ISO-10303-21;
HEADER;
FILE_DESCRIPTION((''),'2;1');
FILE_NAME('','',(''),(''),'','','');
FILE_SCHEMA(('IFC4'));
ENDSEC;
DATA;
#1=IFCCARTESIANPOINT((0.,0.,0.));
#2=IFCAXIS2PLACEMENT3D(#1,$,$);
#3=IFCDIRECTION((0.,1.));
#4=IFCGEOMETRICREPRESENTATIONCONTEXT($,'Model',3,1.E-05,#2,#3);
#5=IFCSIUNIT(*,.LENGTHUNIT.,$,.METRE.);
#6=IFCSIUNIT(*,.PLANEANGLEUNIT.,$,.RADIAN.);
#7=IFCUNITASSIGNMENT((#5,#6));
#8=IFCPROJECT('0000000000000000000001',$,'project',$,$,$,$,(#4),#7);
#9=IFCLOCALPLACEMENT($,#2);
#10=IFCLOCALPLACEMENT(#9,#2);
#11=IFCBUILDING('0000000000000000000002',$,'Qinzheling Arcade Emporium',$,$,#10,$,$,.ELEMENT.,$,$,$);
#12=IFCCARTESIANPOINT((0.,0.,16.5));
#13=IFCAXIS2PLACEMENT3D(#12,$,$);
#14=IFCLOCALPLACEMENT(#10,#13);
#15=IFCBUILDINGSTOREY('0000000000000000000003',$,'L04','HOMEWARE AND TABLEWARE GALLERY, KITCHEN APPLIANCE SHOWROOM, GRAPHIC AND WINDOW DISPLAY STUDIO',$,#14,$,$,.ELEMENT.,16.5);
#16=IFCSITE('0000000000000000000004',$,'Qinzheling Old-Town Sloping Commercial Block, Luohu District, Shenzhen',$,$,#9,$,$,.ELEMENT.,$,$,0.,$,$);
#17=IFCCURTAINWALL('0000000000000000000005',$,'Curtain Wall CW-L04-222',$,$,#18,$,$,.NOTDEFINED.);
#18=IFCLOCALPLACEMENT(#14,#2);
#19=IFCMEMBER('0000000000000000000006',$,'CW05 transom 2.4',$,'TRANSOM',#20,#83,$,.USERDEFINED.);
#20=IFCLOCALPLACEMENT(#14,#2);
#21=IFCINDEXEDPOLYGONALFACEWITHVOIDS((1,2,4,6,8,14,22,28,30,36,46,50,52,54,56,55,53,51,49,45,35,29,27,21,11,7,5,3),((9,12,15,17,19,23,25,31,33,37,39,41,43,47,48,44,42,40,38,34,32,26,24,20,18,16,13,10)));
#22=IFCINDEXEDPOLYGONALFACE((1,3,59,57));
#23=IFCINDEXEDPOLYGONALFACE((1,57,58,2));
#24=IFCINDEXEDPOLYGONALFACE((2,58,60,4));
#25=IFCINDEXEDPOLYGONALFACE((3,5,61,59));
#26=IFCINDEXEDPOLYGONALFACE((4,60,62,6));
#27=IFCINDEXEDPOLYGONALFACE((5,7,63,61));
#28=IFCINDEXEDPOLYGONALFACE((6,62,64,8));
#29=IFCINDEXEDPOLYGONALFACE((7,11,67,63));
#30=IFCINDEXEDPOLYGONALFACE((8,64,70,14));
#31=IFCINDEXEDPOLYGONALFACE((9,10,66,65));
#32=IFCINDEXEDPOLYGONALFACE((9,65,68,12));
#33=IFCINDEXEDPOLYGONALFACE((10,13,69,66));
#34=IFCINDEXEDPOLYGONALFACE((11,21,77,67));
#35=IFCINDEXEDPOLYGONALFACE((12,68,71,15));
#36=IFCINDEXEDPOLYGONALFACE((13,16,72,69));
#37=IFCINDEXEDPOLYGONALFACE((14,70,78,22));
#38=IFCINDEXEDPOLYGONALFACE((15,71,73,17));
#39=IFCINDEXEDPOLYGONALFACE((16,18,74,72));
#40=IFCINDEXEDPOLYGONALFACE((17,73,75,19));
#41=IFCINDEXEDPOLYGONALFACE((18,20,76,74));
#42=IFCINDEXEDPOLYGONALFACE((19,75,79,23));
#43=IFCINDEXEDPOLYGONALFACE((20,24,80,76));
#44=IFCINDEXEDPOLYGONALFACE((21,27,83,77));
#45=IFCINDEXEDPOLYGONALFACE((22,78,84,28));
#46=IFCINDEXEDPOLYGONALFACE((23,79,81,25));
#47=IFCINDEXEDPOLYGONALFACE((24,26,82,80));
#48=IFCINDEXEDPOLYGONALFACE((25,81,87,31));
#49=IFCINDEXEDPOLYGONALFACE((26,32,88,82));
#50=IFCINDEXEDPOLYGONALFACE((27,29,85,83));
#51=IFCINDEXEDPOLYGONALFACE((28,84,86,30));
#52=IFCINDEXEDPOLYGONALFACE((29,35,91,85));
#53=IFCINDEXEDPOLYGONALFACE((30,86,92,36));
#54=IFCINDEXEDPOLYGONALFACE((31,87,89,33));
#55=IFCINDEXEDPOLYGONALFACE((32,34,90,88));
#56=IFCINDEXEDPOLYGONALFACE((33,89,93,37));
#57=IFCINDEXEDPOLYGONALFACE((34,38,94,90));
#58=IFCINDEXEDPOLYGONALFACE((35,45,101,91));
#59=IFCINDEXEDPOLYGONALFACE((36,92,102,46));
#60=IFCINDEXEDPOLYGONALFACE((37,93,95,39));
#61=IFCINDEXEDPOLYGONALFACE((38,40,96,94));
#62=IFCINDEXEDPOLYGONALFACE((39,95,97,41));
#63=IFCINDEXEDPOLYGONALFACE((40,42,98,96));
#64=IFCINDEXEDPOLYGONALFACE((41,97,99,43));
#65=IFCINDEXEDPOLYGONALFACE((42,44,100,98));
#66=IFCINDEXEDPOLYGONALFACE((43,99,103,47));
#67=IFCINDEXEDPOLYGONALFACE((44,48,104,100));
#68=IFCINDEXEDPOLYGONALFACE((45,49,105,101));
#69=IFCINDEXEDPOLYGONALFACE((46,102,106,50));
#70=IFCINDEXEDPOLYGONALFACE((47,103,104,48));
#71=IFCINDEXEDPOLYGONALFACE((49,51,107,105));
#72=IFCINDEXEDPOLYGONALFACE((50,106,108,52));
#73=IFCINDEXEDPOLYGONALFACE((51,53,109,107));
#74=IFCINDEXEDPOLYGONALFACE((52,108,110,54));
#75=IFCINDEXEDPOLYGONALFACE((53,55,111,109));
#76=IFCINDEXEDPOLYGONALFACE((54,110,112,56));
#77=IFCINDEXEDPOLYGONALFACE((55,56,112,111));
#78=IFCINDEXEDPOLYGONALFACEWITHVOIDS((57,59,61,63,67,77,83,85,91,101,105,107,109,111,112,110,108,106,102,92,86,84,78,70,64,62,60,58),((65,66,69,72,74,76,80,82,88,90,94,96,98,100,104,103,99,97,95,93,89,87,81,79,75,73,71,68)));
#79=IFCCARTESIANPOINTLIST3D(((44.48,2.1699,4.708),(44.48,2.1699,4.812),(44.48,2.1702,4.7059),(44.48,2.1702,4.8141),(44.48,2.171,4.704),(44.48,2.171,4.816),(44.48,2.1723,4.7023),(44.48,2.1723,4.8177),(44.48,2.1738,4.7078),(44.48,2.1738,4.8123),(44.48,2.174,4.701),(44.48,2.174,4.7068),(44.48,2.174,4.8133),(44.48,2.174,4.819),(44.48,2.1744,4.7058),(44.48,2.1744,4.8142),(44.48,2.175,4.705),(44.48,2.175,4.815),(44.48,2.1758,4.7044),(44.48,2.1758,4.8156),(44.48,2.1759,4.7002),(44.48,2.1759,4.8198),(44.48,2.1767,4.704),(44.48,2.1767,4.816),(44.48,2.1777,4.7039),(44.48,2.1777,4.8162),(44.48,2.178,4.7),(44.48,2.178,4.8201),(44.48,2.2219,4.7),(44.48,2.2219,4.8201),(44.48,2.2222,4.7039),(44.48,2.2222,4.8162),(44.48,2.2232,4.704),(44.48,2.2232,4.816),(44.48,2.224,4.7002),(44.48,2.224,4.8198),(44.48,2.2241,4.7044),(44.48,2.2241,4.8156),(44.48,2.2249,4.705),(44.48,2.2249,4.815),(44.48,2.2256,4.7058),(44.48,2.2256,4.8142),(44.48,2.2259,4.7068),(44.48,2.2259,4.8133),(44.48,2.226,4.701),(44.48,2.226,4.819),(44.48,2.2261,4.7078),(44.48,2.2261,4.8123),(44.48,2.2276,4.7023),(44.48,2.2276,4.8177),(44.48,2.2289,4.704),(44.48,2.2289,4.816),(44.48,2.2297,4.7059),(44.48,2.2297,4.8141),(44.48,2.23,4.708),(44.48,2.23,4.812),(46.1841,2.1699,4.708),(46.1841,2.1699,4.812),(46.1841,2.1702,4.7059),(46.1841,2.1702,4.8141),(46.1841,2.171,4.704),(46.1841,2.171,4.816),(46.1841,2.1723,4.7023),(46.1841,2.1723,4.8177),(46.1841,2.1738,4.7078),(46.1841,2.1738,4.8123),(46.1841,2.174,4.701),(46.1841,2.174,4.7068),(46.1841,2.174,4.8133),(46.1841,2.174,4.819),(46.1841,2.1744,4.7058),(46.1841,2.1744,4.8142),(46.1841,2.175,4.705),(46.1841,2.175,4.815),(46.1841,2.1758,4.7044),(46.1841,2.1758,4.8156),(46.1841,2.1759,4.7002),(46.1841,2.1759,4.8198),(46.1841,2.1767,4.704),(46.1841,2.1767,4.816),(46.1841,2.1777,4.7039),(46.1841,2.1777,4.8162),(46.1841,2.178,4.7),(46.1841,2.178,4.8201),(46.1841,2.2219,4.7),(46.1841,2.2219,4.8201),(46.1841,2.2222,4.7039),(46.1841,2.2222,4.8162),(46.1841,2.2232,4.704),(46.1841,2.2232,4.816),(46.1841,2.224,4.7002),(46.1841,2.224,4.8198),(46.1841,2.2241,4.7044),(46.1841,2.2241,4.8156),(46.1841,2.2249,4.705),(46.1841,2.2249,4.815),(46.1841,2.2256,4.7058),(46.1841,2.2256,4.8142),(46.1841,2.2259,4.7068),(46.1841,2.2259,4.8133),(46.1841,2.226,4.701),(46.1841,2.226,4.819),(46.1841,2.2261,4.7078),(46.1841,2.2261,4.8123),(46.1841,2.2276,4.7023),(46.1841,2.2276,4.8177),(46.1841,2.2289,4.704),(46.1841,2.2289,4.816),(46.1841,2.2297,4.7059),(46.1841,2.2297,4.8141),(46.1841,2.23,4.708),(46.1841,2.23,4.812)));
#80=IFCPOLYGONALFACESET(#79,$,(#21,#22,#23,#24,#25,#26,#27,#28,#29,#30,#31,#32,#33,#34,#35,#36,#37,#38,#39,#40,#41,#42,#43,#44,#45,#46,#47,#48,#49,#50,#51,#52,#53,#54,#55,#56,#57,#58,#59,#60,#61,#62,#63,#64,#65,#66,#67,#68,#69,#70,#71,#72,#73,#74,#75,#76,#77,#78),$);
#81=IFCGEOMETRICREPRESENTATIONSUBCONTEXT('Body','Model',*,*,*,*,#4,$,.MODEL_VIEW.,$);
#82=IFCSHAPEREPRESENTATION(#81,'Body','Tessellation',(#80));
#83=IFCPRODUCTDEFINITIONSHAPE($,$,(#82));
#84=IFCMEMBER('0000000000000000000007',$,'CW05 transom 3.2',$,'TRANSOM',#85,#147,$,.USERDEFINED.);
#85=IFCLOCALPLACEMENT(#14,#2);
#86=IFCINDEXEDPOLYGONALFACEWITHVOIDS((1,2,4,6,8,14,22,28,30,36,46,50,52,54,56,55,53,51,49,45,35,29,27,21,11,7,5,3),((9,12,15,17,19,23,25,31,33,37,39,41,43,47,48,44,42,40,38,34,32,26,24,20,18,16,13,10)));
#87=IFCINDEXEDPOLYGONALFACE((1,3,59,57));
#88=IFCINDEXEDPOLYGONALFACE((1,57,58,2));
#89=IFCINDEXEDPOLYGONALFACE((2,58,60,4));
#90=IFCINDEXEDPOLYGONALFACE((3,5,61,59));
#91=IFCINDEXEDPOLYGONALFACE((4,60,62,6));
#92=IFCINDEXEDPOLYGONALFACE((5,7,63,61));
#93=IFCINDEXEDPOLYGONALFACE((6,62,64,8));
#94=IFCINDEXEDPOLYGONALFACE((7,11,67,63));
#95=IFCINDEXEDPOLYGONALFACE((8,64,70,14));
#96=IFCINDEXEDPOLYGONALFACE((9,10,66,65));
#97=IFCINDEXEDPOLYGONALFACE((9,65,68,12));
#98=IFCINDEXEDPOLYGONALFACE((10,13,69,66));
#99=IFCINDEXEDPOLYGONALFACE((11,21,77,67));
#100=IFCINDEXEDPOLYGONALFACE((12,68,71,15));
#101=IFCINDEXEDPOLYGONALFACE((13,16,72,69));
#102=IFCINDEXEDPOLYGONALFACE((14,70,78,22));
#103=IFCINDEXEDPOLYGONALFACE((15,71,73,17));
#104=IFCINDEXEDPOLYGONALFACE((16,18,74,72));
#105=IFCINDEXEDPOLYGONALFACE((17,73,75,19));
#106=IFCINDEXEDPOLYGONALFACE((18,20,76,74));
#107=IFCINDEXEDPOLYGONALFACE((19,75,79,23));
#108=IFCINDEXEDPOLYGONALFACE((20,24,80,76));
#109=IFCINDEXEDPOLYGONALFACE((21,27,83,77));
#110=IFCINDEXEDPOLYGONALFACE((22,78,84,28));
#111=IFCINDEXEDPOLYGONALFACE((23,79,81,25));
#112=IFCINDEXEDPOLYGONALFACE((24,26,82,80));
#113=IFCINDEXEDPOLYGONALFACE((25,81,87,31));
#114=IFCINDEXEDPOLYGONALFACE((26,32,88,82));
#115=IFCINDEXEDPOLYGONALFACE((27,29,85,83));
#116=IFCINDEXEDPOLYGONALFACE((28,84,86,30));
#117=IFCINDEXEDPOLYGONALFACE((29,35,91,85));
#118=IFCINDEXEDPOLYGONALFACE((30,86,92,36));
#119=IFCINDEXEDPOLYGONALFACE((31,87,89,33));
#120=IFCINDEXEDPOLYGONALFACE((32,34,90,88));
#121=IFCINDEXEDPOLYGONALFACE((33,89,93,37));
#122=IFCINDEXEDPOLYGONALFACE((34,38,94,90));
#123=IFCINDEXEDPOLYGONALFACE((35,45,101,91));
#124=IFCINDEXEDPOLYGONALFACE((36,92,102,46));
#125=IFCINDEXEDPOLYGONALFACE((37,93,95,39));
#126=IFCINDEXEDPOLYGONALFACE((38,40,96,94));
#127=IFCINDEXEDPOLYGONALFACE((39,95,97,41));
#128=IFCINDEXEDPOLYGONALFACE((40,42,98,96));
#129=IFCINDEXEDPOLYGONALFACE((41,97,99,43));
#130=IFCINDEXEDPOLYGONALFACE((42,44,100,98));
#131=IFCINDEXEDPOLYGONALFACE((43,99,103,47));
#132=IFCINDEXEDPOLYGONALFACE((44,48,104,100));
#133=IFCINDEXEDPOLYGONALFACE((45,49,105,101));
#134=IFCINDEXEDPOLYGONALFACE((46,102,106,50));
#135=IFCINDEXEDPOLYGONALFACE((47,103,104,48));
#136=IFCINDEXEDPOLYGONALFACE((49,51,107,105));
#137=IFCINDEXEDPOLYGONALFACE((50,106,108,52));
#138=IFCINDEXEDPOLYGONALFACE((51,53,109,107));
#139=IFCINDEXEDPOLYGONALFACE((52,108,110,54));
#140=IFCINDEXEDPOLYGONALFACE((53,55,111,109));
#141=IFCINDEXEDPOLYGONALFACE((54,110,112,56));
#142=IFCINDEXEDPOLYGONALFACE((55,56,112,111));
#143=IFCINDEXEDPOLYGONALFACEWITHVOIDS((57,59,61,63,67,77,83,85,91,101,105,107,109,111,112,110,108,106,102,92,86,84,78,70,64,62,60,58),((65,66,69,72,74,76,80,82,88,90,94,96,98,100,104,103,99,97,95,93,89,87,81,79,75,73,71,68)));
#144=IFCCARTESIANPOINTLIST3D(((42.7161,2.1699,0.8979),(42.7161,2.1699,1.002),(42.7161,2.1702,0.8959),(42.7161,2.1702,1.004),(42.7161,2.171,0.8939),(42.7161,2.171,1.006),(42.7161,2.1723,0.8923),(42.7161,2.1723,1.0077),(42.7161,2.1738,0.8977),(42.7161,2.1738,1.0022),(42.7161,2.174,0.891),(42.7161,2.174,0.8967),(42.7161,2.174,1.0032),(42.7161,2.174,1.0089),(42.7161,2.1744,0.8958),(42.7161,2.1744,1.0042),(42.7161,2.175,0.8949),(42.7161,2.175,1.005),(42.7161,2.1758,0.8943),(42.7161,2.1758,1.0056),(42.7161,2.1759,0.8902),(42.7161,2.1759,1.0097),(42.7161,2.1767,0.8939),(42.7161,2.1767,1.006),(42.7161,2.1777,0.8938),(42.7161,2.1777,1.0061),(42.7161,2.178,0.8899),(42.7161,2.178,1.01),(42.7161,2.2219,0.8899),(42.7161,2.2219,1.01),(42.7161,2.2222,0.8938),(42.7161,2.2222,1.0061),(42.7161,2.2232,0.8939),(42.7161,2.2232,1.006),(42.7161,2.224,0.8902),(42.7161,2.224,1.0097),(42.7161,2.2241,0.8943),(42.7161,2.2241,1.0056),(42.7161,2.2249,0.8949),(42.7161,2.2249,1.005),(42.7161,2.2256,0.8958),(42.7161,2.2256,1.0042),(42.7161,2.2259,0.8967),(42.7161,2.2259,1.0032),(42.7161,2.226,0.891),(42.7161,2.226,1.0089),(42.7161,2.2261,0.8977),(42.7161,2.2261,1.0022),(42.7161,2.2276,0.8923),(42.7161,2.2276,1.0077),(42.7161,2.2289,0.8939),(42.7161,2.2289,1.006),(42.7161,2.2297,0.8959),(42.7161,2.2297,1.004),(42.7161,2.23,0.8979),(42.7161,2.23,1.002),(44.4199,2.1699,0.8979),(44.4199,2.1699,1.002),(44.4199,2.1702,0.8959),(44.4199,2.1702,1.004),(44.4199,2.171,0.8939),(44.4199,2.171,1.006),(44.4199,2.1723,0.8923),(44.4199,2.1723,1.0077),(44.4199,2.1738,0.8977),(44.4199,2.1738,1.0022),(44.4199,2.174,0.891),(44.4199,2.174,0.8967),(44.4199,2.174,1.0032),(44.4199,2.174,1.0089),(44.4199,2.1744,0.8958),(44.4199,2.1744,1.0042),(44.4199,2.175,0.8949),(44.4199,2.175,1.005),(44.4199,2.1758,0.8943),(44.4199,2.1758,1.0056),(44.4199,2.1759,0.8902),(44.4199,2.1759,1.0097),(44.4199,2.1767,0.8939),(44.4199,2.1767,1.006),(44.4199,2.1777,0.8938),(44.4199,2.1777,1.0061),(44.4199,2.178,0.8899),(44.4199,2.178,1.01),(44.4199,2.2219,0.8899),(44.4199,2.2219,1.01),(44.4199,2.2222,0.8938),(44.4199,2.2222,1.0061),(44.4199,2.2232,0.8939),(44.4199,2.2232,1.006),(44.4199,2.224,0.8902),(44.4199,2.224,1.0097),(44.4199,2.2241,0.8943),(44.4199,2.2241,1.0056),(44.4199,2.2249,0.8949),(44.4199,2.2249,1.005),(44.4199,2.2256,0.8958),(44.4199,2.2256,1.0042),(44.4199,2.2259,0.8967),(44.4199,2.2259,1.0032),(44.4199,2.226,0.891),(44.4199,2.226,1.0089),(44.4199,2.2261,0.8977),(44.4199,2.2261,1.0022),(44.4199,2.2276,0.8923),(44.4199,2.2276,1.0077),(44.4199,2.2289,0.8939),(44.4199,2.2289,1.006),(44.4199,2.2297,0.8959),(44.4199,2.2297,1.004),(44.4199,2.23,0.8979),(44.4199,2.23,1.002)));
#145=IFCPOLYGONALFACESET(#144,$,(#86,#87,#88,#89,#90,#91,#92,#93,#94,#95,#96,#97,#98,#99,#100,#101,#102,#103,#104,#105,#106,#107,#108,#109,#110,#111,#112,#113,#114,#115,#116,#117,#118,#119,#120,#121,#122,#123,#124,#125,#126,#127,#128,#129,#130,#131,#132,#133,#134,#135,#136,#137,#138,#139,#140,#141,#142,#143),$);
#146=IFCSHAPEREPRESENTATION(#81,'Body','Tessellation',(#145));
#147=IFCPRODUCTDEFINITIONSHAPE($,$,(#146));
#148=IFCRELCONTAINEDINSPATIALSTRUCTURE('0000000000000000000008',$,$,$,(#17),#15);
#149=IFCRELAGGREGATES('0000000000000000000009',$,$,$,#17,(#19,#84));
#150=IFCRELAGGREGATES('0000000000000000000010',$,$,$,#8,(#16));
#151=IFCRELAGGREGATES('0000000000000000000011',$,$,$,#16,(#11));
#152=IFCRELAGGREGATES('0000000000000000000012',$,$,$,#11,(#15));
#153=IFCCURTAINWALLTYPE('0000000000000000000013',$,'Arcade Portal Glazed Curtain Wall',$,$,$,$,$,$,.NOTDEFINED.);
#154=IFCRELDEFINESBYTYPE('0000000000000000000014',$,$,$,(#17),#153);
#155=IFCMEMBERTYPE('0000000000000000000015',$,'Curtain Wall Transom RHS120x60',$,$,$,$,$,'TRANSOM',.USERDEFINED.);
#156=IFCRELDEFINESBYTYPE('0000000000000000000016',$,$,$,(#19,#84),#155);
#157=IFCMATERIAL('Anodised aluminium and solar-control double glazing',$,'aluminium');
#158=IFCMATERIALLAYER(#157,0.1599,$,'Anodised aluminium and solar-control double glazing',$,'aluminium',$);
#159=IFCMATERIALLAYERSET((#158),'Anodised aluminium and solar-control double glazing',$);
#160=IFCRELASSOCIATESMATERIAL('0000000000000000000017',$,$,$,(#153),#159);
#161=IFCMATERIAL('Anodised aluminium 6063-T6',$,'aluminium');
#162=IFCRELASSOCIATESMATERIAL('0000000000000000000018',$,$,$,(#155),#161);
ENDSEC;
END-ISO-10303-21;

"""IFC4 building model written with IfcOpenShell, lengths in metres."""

from ifc_helpers import new_model, si_unit, direction, frame, origin, origin_2d, place, context, subcontext, project, spatial, hollow_rectangle, extrude, material, layer, layer_set, material_profile, profile_set, type_object, element, aggregate, save


model = new_model("IFC4")

# Units and contexts
model_context = context("Model", 3, precision=1e-05, world=origin(), true_north=direction((0.0, 1.0)))
body_context = subcontext(model_context, "Body", "Model", "MODEL_VIEW")
ifc_project = project(units=[si_unit("LENGTHUNIT", "METRE"), si_unit("PLANEANGLEUNIT", "RADIAN")], contexts=[model_context])

# Site, building, storey
site_placement = place(None, origin())
site = spatial("IfcSite", under=ifc_project, at=site_placement, Name="Qinzheling Old-Town Sloping Commercial Block, Luohu District, Shenzhen", CompositionType="ELEMENT", RefElevation=0.0)
building_placement = place(site_placement, origin())
building = spatial("IfcBuilding", under=site, at=building_placement, Name="Qinzheling Arcade Emporium", CompositionType="ELEMENT")
storey_placement = place(building_placement, frame((0.0, 0.0, 16.5)))
storey = spatial("IfcBuildingStorey", under=building, at=storey_placement, Name="L04", Description="HOMEWARE AND TABLEWARE GALLERY, KITCHEN APPLIANCE SHOWROOM, GRAPHIC AND WINDOW DISPLAY STUDIO", CompositionType="ELEMENT", Elevation=16.5)

# Curtain wall
ifc_material_1 = material(Name="Anodised aluminium and solar-control double glazing", Category="aluminium")
ifc_layer_1 = layer(ifc_material_1, 0.1599, Name="Anodised aluminium and solar-control double glazing", Category="aluminium")
ifc_layer_set_1 = layer_set([ifc_layer_1], Name="Anodised aluminium and solar-control double glazing")
curtain_wall_type_1 = type_object("IfcCurtainWallType", Name="Arcade Portal Glazed Curtain Wall", PredefinedType="NOTDEFINED", material=ifc_layer_set_1)
ifc_material_2 = material(Name="Anodised aluminium 6063-T6", Category="aluminium")
curtain_wall_1_placement = place(storey_placement, origin())
curtain_wall_1 = element("IfcCurtainWall", 1, at=curtain_wall_1_placement, inside=storey, type_object=curtain_wall_type_1, Name="Curtain Wall CW-L04-222", PredefinedType="NOTDEFINED")

# Members
ifc_material_profile_1 = material_profile(ifc_material_2, hollow_rectangle(XDim=0.0601, YDim=0.1201, WallThickness=0.0039, InnerFilletRadius=0.0039, OuterFilletRadius=0.0081, at=origin_2d()), Name="RHS 120x60x4", Category="aluminium")
ifc_profile_set_1 = profile_set([ifc_material_profile_1], Name="Anodised aluminium 6063-T6")
member_type_1 = type_object("IfcMemberType", Name="Curtain Wall Transom RHS120x60", ElementType="TRANSOM", PredefinedType="USERDEFINED", material=ifc_profile_set_1)
member_1_placement = place(storey_placement, frame((46.1841, 2.2, 4.76), z_axis=(-1.0, 0.0, 0.0), x_axis=(0.0, -1.0, 0.0)))
member_1 = element("IfcMember", 2, at=member_1_placement, type_object=member_type_1, Name="CW05 transom 2.4", ObjectType="TRANSOM", PredefinedType="USERDEFINED", context=body_context, shape_type="SweptSolid", body=[
    extrude(hollow_rectangle(XDim=0.0601, YDim=0.1201, WallThickness=0.0039, InnerFilletRadius=0.0039, OuterFilletRadius=0.0081, at=origin_2d()), origin(), (0.0, 0.0, 1.0), 1.7041),
])
member_2_placement = place(storey_placement, frame((44.4199, 2.2, 0.95), z_axis=(-1.0, 0.0, 0.0), x_axis=(0.0, -1.0, 0.0)))
member_2 = element("IfcMember", 3, at=member_2_placement, type_object=member_type_1, Name="CW05 transom 3.2", ObjectType="TRANSOM", PredefinedType="USERDEFINED", context=body_context, shape_type="SweptSolid", body=[
    extrude(hollow_rectangle(XDim=0.0601, YDim=0.1201, WallThickness=0.0039, InnerFilletRadius=0.0039, OuterFilletRadius=0.0081, at=origin_2d()), origin(), (0.0, 0.0, 1.0), 1.7039),
])

aggregate(curtain_wall_1, [member_1, member_2])

save(model, "model.ifc")
